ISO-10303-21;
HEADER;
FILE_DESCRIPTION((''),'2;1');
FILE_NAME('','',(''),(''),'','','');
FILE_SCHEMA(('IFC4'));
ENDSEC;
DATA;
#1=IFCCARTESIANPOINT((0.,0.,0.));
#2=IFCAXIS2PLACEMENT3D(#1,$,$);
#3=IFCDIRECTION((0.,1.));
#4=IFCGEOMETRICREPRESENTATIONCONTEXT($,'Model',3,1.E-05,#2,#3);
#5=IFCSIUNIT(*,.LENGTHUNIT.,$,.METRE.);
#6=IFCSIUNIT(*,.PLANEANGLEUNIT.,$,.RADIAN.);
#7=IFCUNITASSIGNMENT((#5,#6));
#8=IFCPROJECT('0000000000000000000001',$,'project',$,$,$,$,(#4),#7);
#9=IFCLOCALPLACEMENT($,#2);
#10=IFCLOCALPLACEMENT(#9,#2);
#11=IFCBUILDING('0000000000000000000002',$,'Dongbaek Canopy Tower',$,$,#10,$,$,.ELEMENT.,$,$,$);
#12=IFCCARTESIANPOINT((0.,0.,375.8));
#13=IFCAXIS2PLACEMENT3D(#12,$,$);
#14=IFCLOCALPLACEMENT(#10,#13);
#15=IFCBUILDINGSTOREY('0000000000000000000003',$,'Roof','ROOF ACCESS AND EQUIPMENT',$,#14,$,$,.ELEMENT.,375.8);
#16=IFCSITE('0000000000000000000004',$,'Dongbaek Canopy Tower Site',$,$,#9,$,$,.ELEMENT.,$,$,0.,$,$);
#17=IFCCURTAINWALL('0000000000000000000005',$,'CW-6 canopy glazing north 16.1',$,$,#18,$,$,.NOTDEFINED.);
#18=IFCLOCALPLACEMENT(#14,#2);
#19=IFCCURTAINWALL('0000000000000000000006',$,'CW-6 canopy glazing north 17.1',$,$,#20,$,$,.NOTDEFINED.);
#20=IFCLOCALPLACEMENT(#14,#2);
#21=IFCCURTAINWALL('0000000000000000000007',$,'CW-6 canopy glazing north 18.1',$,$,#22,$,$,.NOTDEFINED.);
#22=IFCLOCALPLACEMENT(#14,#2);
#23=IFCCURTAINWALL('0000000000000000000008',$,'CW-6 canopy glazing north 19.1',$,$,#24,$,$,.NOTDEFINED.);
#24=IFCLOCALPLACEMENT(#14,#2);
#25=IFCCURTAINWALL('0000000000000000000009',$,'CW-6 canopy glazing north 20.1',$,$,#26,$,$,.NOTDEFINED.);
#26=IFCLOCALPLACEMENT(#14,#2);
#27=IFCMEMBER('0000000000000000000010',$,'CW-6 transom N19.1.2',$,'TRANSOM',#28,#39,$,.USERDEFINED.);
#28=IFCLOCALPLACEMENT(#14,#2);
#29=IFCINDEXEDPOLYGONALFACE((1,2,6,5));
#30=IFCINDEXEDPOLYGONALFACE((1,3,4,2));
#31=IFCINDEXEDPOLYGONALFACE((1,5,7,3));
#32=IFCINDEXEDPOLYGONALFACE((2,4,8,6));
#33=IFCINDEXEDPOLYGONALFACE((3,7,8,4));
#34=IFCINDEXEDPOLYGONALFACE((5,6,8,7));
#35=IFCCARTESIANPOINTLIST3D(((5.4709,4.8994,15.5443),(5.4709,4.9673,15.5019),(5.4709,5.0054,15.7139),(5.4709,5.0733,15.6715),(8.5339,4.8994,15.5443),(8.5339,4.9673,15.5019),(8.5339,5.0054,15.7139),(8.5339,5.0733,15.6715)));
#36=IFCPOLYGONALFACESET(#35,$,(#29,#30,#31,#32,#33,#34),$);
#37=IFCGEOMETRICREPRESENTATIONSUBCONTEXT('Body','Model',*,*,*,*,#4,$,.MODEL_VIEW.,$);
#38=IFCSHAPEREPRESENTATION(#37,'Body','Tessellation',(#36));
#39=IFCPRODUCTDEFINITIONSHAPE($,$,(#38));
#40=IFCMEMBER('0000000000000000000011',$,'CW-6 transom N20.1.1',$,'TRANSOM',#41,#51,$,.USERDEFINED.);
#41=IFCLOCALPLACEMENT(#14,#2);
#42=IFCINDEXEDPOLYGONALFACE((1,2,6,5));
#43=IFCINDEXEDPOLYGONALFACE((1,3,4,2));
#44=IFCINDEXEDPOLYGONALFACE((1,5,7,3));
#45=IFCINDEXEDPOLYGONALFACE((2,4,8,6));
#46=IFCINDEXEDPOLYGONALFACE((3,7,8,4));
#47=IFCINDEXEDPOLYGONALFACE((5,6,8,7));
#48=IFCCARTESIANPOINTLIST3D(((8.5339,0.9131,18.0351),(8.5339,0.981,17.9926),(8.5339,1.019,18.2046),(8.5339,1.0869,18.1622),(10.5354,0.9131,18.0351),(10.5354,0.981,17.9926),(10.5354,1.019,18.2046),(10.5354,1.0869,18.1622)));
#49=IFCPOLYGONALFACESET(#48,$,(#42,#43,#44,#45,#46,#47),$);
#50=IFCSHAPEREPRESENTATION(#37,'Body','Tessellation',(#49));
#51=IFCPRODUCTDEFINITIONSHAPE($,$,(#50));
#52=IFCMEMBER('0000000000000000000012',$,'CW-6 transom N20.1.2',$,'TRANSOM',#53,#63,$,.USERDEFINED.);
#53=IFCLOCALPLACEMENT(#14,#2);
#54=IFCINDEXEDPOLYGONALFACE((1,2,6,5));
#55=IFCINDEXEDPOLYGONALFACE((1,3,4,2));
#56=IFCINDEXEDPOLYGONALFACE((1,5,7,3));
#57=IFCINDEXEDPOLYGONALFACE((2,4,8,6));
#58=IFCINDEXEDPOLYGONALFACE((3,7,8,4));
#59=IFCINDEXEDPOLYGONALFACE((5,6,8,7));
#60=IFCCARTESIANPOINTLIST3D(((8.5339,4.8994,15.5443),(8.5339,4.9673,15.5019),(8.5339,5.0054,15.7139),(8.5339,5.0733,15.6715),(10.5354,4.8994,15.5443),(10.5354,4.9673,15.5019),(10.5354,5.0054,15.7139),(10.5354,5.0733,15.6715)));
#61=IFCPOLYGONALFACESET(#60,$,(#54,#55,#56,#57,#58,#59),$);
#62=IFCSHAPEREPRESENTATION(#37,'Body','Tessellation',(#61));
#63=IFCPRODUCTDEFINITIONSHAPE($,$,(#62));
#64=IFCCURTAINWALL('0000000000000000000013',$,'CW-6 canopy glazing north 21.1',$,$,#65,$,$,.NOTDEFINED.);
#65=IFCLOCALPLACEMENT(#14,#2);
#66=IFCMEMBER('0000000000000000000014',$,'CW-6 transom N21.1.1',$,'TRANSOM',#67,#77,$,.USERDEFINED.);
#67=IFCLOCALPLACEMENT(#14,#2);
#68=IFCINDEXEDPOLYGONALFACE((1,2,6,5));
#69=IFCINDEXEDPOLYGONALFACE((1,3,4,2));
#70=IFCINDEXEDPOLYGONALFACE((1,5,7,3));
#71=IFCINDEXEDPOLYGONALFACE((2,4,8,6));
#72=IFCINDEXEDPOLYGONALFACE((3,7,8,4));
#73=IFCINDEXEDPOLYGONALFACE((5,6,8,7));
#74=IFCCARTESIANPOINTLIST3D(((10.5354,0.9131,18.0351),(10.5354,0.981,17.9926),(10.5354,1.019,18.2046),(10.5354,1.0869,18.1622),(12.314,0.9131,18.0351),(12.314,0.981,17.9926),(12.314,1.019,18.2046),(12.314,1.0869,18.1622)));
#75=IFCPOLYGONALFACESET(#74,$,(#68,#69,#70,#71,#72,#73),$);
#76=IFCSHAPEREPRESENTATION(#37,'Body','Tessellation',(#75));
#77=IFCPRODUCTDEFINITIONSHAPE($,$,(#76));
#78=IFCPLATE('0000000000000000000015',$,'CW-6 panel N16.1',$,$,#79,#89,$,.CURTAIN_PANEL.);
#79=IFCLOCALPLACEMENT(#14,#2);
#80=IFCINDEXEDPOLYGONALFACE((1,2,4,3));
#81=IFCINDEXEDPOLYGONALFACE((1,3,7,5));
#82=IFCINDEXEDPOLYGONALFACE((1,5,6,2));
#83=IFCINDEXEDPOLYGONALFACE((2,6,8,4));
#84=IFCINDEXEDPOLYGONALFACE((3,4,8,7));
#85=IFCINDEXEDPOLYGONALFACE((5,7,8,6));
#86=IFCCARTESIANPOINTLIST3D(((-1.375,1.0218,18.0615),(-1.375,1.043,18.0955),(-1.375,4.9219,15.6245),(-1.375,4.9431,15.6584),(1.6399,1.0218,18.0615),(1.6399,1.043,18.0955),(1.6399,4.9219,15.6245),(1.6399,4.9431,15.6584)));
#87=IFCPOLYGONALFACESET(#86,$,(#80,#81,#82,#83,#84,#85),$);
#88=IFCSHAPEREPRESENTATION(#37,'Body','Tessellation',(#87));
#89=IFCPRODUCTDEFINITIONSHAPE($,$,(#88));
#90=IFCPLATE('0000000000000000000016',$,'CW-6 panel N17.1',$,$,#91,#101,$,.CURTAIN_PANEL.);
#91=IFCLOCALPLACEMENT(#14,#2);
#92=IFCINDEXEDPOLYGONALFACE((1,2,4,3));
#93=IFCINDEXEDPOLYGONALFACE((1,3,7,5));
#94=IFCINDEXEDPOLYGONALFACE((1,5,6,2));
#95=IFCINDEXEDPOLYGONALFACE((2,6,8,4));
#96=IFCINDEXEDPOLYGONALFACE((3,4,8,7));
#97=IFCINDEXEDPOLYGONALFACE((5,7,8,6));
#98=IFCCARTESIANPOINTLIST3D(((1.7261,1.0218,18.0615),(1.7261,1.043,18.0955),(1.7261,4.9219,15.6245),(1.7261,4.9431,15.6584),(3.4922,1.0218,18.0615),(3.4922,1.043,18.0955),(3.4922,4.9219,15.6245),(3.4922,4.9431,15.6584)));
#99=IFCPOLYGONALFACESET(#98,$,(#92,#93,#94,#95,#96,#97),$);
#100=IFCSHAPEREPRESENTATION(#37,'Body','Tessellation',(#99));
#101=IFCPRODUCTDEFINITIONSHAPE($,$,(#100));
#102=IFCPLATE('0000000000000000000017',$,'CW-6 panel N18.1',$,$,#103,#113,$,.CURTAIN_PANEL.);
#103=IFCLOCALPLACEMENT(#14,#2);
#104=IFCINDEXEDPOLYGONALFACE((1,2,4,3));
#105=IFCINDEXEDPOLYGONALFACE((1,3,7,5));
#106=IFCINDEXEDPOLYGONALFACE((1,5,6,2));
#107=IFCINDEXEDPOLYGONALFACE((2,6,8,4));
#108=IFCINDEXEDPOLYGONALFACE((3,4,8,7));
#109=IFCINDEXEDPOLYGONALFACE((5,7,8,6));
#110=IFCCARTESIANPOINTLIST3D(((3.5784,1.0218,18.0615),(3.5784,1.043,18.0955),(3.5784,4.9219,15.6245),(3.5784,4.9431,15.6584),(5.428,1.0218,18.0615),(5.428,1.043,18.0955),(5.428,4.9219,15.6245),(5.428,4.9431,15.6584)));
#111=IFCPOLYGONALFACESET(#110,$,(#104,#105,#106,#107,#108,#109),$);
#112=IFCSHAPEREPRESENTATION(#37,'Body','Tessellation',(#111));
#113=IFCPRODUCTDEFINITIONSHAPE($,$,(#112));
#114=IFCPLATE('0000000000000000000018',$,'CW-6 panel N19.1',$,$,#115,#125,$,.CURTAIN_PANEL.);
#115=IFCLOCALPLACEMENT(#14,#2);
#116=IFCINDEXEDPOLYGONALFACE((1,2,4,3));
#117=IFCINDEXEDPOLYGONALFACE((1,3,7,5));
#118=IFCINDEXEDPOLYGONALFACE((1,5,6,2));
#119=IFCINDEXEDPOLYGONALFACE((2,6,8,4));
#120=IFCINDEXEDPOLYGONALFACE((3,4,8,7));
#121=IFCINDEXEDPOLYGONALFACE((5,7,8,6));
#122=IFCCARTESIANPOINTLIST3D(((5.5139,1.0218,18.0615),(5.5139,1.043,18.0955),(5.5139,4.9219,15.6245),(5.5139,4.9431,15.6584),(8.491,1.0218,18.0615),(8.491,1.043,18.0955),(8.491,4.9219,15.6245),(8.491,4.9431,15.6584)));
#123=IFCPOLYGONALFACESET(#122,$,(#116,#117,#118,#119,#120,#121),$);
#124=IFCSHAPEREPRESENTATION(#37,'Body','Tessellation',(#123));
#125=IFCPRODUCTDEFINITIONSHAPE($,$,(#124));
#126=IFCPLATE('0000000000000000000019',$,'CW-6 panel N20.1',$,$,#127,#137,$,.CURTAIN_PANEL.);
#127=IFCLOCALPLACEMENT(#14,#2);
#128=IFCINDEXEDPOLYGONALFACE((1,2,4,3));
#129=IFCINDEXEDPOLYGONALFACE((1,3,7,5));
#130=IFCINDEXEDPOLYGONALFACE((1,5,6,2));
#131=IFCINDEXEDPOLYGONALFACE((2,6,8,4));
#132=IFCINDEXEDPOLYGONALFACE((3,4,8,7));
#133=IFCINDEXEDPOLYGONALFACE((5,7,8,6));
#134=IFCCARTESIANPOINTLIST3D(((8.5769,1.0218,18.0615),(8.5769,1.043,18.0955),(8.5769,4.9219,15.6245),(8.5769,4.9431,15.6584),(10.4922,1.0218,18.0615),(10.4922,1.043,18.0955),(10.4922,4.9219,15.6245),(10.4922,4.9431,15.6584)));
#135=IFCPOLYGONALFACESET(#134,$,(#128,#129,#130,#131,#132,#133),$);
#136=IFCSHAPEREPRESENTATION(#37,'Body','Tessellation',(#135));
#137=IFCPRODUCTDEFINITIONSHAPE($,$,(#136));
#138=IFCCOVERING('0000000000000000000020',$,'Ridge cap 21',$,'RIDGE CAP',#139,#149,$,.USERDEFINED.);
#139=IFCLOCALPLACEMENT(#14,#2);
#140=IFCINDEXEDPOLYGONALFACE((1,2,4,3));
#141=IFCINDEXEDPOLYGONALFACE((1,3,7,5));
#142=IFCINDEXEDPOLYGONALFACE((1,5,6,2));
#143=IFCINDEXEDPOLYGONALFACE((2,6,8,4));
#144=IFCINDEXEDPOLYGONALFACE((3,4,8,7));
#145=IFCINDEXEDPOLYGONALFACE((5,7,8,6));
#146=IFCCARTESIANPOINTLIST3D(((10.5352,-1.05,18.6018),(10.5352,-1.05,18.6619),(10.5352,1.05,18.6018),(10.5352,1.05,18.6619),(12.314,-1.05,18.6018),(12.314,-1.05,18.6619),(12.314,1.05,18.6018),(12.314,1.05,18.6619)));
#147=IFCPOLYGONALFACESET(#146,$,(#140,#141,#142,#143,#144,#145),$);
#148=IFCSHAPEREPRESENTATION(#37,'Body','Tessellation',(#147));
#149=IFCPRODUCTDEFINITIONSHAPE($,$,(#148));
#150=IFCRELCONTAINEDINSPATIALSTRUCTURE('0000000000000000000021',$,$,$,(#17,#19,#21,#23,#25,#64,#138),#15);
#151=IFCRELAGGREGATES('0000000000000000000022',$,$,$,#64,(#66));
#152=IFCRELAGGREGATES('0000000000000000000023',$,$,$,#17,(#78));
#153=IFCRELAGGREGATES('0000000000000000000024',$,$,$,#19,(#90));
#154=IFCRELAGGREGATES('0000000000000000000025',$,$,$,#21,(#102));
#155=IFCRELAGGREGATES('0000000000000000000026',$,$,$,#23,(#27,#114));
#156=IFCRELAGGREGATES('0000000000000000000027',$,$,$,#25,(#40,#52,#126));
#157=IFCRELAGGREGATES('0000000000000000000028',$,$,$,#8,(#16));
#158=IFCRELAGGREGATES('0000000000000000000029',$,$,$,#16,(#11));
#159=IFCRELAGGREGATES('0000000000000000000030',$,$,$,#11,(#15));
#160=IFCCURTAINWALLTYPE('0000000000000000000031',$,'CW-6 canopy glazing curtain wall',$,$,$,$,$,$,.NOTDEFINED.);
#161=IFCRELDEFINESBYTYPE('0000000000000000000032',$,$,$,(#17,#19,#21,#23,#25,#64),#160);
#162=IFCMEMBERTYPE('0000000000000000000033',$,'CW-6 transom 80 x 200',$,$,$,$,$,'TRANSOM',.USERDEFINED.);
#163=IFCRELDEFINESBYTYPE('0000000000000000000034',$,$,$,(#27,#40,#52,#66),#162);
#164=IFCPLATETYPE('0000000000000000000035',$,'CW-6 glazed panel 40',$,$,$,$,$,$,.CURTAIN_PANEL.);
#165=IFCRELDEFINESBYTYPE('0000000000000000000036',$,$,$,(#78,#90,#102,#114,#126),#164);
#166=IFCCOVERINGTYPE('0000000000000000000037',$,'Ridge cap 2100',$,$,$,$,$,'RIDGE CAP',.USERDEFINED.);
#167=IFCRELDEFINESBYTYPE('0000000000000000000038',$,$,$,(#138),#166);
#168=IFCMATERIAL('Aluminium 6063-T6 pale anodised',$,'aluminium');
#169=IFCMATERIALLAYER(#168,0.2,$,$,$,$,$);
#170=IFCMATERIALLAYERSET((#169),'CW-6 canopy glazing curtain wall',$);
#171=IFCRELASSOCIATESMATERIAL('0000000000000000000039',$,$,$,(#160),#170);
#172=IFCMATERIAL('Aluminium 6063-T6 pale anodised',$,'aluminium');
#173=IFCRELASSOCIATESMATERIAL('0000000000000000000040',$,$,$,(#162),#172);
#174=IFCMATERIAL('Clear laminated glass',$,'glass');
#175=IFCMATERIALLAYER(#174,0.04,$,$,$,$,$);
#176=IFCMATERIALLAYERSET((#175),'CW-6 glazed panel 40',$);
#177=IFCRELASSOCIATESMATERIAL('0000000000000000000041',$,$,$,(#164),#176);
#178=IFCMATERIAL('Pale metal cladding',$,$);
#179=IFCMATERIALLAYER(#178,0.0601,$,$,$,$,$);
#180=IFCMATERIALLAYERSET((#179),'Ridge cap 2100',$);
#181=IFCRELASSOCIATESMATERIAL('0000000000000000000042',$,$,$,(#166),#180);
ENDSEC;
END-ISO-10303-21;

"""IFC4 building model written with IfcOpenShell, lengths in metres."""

from ifc_helpers import new_model, si_unit, direction, frame, origin, origin_2d, place, context, subcontext, project, spatial, polyline, rectangle, outline, extrude, material, layer, layer_set, material_profile, profile_set, type_object, element, aggregate, save


model = new_model("IFC4")

# Units and contexts
model_context = context("Model", 3, precision=1e-05, world=origin(), true_north=direction((0.0, 1.0)))
body_context = subcontext(model_context, "Body", "Model", "MODEL_VIEW")
ifc_project = project(units=[si_unit("LENGTHUNIT", "METRE"), si_unit("PLANEANGLEUNIT", "RADIAN")], contexts=[model_context])

# Site, building, storey
site_placement = place(None, origin())
site = spatial("IfcSite", under=ifc_project, at=site_placement, Name="Dongbaek Canopy Tower Site", CompositionType="ELEMENT", RefElevation=0.0)
building_placement = place(site_placement, origin())
building = spatial("IfcBuilding", under=site, at=building_placement, Name="Dongbaek Canopy Tower", CompositionType="ELEMENT")
storey_placement = place(building_placement, frame((0.0, 0.0, 375.8)))
storey = spatial("IfcBuildingStorey", under=building, at=storey_placement, Name="Roof", Description="ROOF ACCESS AND EQUIPMENT", CompositionType="ELEMENT", Elevation=375.8)

# Curtain walls
ifc_material_1 = material(Name="Aluminium 6063-T6 pale anodised", Category="aluminium")
ifc_layer_1 = layer(ifc_material_1, 0.2)
ifc_layer_set_1 = layer_set([ifc_layer_1], Name="CW-6 canopy glazing curtain wall")
curtain_wall_type = type_object("IfcCurtainWallType", Name="CW-6 canopy glazing curtain wall", PredefinedType="NOTDEFINED", material=ifc_layer_set_1)
curtain_wall_1_placement = place(storey_placement, origin())
curtain_wall_1 = element("IfcCurtainWall", 1, at=curtain_wall_1_placement, inside=storey, type_object=curtain_wall_type, Name="CW-6 canopy glazing north 16.1", PredefinedType="NOTDEFINED")
curtain_wall_2_placement = place(storey_placement, origin())
curtain_wall_2 = element("IfcCurtainWall", 2, at=curtain_wall_2_placement, inside=storey, type_object=curtain_wall_type, Name="CW-6 canopy glazing north 17.1", PredefinedType="NOTDEFINED")
curtain_wall_3_placement = place(storey_placement, origin())
curtain_wall_3 = element("IfcCurtainWall", 3, at=curtain_wall_3_placement, inside=storey, type_object=curtain_wall_type, Name="CW-6 canopy glazing north 18.1", PredefinedType="NOTDEFINED")
curtain_wall_4_placement = place(storey_placement, origin())
curtain_wall_4 = element("IfcCurtainWall", 4, at=curtain_wall_4_placement, inside=storey, type_object=curtain_wall_type, Name="CW-6 canopy glazing north 19.1", PredefinedType="NOTDEFINED")
curtain_wall_5_placement = place(storey_placement, origin())
curtain_wall_5 = element("IfcCurtainWall", 5, at=curtain_wall_5_placement, inside=storey, type_object=curtain_wall_type, Name="CW-6 canopy glazing north 20.1", PredefinedType="NOTDEFINED")

# Members
ifc_material_2 = material(Name="Aluminium 6063-T6 pale anodised", Category="aluminium")
ifc_material_profile_1 = material_profile(ifc_material_2, rectangle(XDim=0.0801, YDim=0.2, at=origin_2d()), Name="CW-6 transom 80 x 200")
ifc_profile_set_1 = profile_set([ifc_material_profile_1], Name="Aluminium 6063-T6 pale anodised")
member_type_1 = type_object("IfcMemberType", Name="CW-6 transom 80 x 200", ElementType="TRANSOM", PredefinedType="USERDEFINED", material=ifc_profile_set_1)
member_1_placement = place(storey_placement, frame((5.4709, 4.9863, 15.6079), z_axis=(1.0, 0.0, 0.0), x_axis=(0.0, 0.848048, -0.529919)))
member_1 = element("IfcMember", 6, at=member_1_placement, type_object=member_type_1, Name="CW-6 transom N19.1.2", ObjectType="TRANSOM", PredefinedType="USERDEFINED", context=body_context, shape_type="SweptSolid", body=[
    extrude(rectangle(XDim=0.0801, YDim=0.2, at=origin_2d()), origin(), (0.0, 0.0, 1.0), 3.063),
])
member_2_placement = place(storey_placement, frame((8.5339, 1.0, 18.0986), z_axis=(1.0, 0.0, 0.0), x_axis=(0.0, 0.848048, -0.529919)))
member_2 = element("IfcMember", 7, at=member_2_placement, type_object=member_type_1, Name="CW-6 transom N20.1.1", ObjectType="TRANSOM", PredefinedType="USERDEFINED", context=body_context, shape_type="SweptSolid", body=[
    extrude(rectangle(XDim=0.0801, YDim=0.2, at=origin_2d()), origin(), (0.0, 0.0, 1.0), 2.0015),
])
member_3_placement = place(storey_placement, frame((8.5339, 4.9863, 15.6079), z_axis=(1.0, 0.0, 0.0), x_axis=(0.0, 0.848048, -0.529919)))
member_3 = element("IfcMember", 8, at=member_3_placement, type_object=member_type_1, Name="CW-6 transom N20.1.2", ObjectType="TRANSOM", PredefinedType="USERDEFINED", context=body_context, shape_type="SweptSolid", body=[
    extrude(rectangle(XDim=0.0801, YDim=0.2, at=origin_2d()), origin(), (0.0, 0.0, 1.0), 2.0015),
])

# Curtain wall, member
curtain_wall_6_placement = place(storey_placement, origin())
curtain_wall_6 = element("IfcCurtainWall", 9, at=curtain_wall_6_placement, inside=storey, type_object=curtain_wall_type, Name="CW-6 canopy glazing north 21.1", PredefinedType="NOTDEFINED")
member_4_placement = place(storey_placement, frame((10.5354, 1.0, 18.0986), z_axis=(1.0, 0.0, 0.0), x_axis=(0.0, 0.848048, -0.529919)))
member_4 = element("IfcMember", 10, at=member_4_placement, type_object=member_type_1, Name="CW-6 transom N21.1.1", ObjectType="TRANSOM", PredefinedType="USERDEFINED", context=body_context, shape_type="SweptSolid", body=[
    extrude(rectangle(XDim=0.0801, YDim=0.2, at=origin_2d()), origin(), (0.0, 0.0, 1.0), 1.7786),
])
aggregate(curtain_wall_6, [member_4])

# Plates
ifc_material_3 = material(Name="Clear laminated glass", Category="glass")
ifc_layer_2 = layer(ifc_material_3, 0.04)
ifc_layer_set_2 = layer_set([ifc_layer_2], Name="CW-6 glazed panel 40")
plate_type = type_object("IfcPlateType", Name="CW-6 glazed panel 40", PredefinedType="CURTAIN_PANEL", material=ifc_layer_set_2)
plate_1_placement = place(storey_placement, frame((1.6399, 1.043, 18.0955), z_axis=(0.0, 0.529908, 0.848055), x_axis=(-1.0, 0.0, 0.0)))
plate_1 = element("IfcPlate", 11, at=plate_1_placement, type_object=plate_type, Name="CW-6 panel N16.1", PredefinedType="CURTAIN_PANEL", context=body_context, shape_type="SweptSolid", body=[
    extrude(outline(polyline([(0.0, 0.0), (3.0149, 0.0), (3.0149, -4.5989), (0.0, -4.5989), (0.0, 0.0)])), origin(), (0.0, 0.0, -1.0), 0.04),
])
aggregate(curtain_wall_1, [plate_1])
plate_2_placement = place(storey_placement, frame((3.4922, 1.043, 18.0955), z_axis=(0.0, 0.529908, 0.848055), x_axis=(-1.0, 0.0, 0.0)))
plate_2 = element("IfcPlate", 12, at=plate_2_placement, type_object=plate_type, Name="CW-6 panel N17.1", PredefinedType="CURTAIN_PANEL", context=body_context, shape_type="SweptSolid", body=[
    extrude(outline(polyline([(0.0, 0.0), (1.7661, 0.0), (1.7661, -4.5989), (0.0, -4.5989), (0.0, 0.0)])), origin(), (0.0, 0.0, -1.0), 0.04),
])
aggregate(curtain_wall_2, [plate_2])
plate_3_placement = place(storey_placement, frame((5.428, 1.043, 18.0955), z_axis=(0.0, 0.529908, 0.848055), x_axis=(-1.0, 0.0, 0.0)))
plate_3 = element("IfcPlate", 13, at=plate_3_placement, type_object=plate_type, Name="CW-6 panel N18.1", PredefinedType="CURTAIN_PANEL", context=body_context, shape_type="SweptSolid", body=[
    extrude(outline(polyline([(0.0, 0.0), (1.8496, 0.0), (1.8496, -4.5989), (0.0, -4.5989), (0.0, 0.0)])), origin(), (0.0, 0.0, -1.0), 0.04),
])
aggregate(curtain_wall_3, [plate_3])
plate_4_placement = place(storey_placement, frame((8.491, 1.043, 18.0955), z_axis=(0.0, 0.529908, 0.848055), x_axis=(-1.0, 0.0, 0.0)))
plate_4 = element("IfcPlate", 14, at=plate_4_placement, type_object=plate_type, Name="CW-6 panel N19.1", PredefinedType="CURTAIN_PANEL", context=body_context, shape_type="SweptSolid", body=[
    extrude(outline(polyline([(0.0, 0.0), (2.9771, 0.0), (2.9771, -4.5989), (0.0, -4.5989), (0.0, 0.0)])), origin(), (0.0, 0.0, -1.0), 0.04),
])
aggregate(curtain_wall_4, [member_1, plate_4])
plate_5_placement = place(storey_placement, frame((10.4922, 1.043, 18.0955), z_axis=(0.0, 0.529908, 0.848055), x_axis=(-1.0, 0.0, 0.0)))
plate_5 = element("IfcPlate", 15, at=plate_5_placement, type_object=plate_type, Name="CW-6 panel N20.1", PredefinedType="CURTAIN_PANEL", context=body_context, shape_type="SweptSolid", body=[
    extrude(outline(polyline([(0.0, 0.0), (1.9153, 0.0), (1.9153, -4.5989), (0.0, -4.5989), (0.0, 0.0)])), origin(), (0.0, 0.0, -1.0), 0.04),
])
aggregate(curtain_wall_5, [member_2, member_3, plate_5])

# Covering
ifc_material_4 = material(Name="Pale metal cladding")
ifc_layer_3 = layer(ifc_material_4, 0.0601)
ifc_layer_set_3 = layer_set([ifc_layer_3], Name="Ridge cap 2100")
covering_type = type_object("IfcCoveringType", Name="Ridge cap 2100", ElementType="RIDGE CAP", PredefinedType="USERDEFINED", material=ifc_layer_set_3)
covering_placement = place(storey_placement, frame((11.4246, 0.0, 18.6018), z_axis=(0.0, 0.0, 1.0), x_axis=(1.0, 0.0, 0.0)))
element("IfcCovering", 16, at=covering_placement, inside=storey, type_object=covering_type, Name="Ridge cap 21", ObjectType="RIDGE CAP", PredefinedType="USERDEFINED", context=body_context, shape_type="SweptSolid", body=[
    extrude(rectangle(XDim=1.7788, YDim=2.1001, at=origin_2d()), origin(), (0.0, 0.0, 1.0), 0.0601),
])

save(model, "model.ifc")
